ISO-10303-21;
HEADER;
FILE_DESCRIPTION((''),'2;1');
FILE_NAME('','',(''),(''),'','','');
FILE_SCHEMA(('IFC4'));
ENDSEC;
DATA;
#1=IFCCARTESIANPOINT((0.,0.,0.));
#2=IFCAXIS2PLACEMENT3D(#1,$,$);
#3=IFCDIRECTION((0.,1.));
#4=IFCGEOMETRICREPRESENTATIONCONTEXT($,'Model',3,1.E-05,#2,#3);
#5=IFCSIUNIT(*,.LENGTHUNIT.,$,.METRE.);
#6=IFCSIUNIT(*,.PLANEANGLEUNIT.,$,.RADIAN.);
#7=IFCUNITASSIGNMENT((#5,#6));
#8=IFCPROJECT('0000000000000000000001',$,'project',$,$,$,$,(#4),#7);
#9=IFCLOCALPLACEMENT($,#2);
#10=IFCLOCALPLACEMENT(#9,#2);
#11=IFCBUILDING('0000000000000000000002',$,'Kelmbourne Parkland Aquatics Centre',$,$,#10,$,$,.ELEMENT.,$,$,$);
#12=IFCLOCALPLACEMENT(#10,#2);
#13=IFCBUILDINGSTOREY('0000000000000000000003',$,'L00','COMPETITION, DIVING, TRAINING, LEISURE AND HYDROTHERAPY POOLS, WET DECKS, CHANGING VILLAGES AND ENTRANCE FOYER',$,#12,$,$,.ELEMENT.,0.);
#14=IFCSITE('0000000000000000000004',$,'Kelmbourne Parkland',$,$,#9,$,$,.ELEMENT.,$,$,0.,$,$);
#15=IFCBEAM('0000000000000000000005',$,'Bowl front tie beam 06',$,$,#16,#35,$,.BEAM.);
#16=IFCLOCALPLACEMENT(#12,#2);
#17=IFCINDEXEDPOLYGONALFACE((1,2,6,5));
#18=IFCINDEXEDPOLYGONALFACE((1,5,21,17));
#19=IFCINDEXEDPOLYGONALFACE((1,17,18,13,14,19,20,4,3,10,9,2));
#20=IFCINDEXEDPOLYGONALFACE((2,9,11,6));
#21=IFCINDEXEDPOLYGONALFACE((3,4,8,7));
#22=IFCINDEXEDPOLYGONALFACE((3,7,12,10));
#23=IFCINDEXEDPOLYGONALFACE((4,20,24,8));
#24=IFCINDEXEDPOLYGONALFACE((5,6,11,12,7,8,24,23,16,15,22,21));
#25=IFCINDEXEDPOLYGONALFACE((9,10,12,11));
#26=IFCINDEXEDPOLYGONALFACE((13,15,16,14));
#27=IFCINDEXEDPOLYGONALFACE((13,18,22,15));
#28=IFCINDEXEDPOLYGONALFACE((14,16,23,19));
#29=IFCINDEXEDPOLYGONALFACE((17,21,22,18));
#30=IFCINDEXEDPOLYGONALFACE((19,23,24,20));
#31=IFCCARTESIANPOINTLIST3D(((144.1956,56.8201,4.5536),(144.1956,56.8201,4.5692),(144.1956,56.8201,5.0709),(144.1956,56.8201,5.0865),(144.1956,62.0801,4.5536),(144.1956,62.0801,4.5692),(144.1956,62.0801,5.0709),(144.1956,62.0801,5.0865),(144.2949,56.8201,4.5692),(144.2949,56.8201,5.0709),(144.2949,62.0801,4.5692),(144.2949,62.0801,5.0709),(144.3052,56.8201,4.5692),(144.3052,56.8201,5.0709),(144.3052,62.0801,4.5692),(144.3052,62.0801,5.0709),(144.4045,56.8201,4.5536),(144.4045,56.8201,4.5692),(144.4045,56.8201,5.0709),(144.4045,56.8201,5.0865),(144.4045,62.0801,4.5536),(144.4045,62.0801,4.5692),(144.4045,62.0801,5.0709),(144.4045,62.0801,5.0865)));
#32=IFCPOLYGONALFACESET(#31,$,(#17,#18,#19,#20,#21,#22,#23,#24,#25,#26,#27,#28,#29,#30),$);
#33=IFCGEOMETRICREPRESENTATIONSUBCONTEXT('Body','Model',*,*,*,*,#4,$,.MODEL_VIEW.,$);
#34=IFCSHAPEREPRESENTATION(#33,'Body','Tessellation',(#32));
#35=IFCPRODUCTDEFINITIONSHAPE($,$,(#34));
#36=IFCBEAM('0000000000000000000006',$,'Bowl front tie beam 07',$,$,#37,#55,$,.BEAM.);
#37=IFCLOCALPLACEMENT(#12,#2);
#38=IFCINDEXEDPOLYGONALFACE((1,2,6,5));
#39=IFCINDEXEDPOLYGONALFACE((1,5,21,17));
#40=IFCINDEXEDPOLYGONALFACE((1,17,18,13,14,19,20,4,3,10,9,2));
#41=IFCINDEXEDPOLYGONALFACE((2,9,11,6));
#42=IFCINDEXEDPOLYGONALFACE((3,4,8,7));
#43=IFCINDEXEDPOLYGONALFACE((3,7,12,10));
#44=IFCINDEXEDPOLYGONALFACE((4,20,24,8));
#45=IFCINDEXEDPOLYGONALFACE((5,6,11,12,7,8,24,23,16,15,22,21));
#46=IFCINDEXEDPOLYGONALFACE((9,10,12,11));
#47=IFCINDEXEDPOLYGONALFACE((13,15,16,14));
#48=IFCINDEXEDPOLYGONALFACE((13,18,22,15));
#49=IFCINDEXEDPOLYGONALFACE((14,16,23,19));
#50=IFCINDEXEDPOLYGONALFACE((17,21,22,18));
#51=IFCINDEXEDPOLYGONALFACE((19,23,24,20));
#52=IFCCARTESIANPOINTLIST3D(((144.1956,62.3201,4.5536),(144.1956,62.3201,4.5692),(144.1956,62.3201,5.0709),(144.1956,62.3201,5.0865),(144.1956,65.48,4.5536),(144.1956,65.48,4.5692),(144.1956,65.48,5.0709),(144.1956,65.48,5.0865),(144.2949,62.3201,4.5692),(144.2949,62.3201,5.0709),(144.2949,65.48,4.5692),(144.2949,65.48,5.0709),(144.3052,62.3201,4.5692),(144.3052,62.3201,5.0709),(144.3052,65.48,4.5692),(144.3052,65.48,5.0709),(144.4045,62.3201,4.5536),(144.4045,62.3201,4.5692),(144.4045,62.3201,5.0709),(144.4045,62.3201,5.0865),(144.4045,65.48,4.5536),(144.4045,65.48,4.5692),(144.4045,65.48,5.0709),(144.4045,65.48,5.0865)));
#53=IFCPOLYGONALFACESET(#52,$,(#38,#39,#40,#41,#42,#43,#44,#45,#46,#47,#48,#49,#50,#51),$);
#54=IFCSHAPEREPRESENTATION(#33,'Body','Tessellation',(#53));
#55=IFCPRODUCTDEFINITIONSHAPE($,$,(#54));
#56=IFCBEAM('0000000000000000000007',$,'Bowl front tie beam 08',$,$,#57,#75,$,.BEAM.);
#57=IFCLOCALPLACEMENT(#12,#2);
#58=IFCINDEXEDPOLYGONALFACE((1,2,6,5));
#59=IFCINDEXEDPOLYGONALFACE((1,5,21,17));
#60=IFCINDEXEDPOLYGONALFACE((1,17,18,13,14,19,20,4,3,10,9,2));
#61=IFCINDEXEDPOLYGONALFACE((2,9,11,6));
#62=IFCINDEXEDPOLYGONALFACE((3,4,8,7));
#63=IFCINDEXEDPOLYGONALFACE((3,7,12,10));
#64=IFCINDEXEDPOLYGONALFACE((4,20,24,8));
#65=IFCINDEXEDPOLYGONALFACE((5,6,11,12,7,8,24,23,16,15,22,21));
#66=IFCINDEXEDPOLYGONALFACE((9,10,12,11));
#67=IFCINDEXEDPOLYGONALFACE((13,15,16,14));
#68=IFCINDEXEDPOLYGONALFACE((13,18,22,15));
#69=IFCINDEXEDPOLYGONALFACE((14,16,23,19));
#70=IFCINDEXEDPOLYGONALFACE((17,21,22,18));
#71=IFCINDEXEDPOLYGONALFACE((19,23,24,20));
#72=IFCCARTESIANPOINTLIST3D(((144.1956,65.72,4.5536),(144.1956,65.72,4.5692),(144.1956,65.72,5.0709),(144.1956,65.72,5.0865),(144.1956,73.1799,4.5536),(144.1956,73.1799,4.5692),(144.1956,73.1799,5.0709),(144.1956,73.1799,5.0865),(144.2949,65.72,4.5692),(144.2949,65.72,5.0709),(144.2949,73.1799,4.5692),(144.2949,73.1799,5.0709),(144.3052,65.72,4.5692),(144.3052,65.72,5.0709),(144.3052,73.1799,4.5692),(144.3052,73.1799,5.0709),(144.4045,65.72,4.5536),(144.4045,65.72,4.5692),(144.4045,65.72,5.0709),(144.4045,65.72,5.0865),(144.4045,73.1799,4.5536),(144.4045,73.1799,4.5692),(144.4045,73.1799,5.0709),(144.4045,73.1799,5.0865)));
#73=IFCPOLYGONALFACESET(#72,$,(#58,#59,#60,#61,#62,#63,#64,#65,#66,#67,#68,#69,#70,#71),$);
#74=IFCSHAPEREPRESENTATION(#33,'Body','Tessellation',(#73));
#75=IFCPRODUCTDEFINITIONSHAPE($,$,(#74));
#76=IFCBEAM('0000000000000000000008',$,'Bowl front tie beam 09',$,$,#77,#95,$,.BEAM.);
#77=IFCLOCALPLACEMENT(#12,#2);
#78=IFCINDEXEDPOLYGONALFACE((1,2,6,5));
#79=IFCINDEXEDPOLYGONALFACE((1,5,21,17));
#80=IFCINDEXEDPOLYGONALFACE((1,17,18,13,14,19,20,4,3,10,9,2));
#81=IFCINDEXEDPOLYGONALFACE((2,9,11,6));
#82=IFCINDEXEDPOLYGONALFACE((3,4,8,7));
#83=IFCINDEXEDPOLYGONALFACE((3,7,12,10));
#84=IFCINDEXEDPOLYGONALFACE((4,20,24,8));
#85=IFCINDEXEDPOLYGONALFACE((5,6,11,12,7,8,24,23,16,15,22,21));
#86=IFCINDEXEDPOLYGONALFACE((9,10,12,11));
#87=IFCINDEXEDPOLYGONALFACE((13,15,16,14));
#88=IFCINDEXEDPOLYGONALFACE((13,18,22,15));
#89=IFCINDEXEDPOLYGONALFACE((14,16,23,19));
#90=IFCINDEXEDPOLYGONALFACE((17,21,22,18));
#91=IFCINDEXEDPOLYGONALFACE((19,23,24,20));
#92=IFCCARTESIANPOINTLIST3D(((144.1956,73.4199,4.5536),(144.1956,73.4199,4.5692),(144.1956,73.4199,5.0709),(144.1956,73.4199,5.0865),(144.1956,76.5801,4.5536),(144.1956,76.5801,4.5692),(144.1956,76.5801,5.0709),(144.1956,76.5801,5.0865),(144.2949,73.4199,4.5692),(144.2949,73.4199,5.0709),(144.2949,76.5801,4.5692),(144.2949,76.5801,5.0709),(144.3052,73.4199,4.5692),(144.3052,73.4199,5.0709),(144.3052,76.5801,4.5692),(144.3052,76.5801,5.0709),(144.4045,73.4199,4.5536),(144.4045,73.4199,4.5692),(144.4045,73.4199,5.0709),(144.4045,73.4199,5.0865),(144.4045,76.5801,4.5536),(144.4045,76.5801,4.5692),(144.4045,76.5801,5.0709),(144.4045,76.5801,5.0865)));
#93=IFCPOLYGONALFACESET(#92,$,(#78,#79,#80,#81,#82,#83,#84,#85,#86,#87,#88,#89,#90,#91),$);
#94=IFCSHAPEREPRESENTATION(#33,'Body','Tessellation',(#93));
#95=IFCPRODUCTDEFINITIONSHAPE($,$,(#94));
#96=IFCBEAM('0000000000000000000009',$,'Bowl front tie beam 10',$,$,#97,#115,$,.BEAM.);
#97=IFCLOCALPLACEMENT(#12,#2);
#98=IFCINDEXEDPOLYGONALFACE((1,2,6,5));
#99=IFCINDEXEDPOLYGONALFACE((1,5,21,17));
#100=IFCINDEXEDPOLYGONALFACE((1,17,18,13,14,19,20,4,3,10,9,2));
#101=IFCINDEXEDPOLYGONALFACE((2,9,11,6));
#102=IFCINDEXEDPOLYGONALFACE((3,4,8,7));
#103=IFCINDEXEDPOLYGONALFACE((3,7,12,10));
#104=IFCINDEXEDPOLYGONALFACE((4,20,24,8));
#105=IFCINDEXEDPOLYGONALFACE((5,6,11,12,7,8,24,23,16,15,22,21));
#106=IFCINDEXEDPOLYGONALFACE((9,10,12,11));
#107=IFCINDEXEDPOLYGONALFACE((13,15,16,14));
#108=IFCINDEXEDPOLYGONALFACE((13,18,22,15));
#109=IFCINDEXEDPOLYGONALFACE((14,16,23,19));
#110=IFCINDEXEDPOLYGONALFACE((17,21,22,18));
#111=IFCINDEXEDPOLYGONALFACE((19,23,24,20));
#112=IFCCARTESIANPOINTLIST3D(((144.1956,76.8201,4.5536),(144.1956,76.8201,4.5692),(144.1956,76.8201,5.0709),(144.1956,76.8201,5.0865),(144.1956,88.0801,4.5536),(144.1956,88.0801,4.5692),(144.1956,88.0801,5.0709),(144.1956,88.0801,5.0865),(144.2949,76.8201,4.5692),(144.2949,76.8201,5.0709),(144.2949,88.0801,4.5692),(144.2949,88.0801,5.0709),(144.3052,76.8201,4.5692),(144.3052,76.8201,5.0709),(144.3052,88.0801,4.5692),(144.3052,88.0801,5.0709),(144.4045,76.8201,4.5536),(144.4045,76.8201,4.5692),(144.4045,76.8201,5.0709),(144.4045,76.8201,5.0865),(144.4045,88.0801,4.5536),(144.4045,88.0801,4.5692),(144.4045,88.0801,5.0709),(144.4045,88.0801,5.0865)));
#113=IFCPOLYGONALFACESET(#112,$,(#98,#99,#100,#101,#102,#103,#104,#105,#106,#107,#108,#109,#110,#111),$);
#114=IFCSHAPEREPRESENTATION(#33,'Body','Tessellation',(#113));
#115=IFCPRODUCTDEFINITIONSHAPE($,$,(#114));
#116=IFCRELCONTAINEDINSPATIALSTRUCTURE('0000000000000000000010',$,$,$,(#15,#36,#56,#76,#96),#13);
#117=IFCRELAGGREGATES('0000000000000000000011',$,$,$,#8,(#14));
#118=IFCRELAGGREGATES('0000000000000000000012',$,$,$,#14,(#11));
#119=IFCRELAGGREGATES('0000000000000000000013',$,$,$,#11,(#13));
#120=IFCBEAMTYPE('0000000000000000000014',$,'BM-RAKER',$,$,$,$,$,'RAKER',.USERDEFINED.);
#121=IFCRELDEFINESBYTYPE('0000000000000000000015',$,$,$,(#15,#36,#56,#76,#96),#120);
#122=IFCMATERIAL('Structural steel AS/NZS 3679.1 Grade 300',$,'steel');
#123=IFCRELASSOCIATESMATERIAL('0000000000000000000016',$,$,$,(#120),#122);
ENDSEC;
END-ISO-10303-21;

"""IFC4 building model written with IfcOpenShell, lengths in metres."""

from ifc_helpers import new_model, si_unit, direction, frame, origin, origin_2d, place, context, subcontext, project, spatial, i_section, extrude, material, material_profile, profile_set, type_object, element, save


model = new_model("IFC4")

# Units and contexts
model_context = context("Model", 3, precision=1e-05, world=origin(), true_north=direction((0.0, 1.0)))
body_context = subcontext(model_context, "Body", "Model", "MODEL_VIEW")
ifc_project = project(units=[si_unit("LENGTHUNIT", "METRE"), si_unit("PLANEANGLEUNIT", "RADIAN")], contexts=[model_context])

# Site, building, storey
site_placement = place(None, origin())
site = spatial("IfcSite", under=ifc_project, at=site_placement, Name="Kelmbourne Parkland", CompositionType="ELEMENT", RefElevation=0.0)
building_placement = place(site_placement, origin())
building = spatial("IfcBuilding", under=site, at=building_placement, Name="Kelmbourne Parkland Aquatics Centre", CompositionType="ELEMENT")
storey_placement = place(building_placement, origin())
storey = spatial("IfcBuildingStorey", under=building, at=storey_placement, Name="L00", Description="COMPETITION, DIVING, TRAINING, LEISURE AND HYDROTHERAPY POOLS, WET DECKS, CHANGING VILLAGES AND ENTRANCE FOYER", CompositionType="ELEMENT", Elevation=0.0)

# Shared definitions
ifc_material_1 = material(Name="Structural steel AS/NZS 3679.1 Grade 300", Category="steel")

# Beams
ifc_material_profile_1 = material_profile(ifc_material_1, i_section(OverallWidth=0.209, OverallDepth=0.533, WebThickness=0.0103, FlangeThickness=0.0156, at=origin_2d()), Name="530UB92.4")
ifc_profile_set_1 = profile_set([ifc_material_profile_1], Name="Structural steel AS/NZS 3679.1 Grade 300")
beam_type_1 = type_object("IfcBeamType", Name="BM-RAKER", ElementType="RAKER", PredefinedType="USERDEFINED", material=ifc_profile_set_1)
beam_1_placement = place(storey_placement, frame((144.3, 56.8201, 4.8201), z_axis=(0.0, 1.0, 0.0), x_axis=(-1.0, 0.0, 0.0)))
element("IfcBeam", 1, at=beam_1_placement, inside=storey, type_object=beam_type_1, Name="Bowl front tie beam 06", PredefinedType="BEAM", context=body_context, shape_type="SweptSolid", body=[
    extrude(i_section(OverallWidth=0.209, OverallDepth=0.533, WebThickness=0.0103, FlangeThickness=0.0156, at=origin_2d()), origin(), (0.0, 0.0, 1.0), 5.26),
])
beam_2_placement = place(storey_placement, frame((144.3, 62.3201, 4.8201), z_axis=(0.0, 1.0, 0.0), x_axis=(-1.0, 0.0, 0.0)))
element("IfcBeam", 2, at=beam_2_placement, inside=storey, type_object=beam_type_1, Name="Bowl front tie beam 07", PredefinedType="BEAM", context=body_context, shape_type="SweptSolid", body=[
    extrude(i_section(OverallWidth=0.209, OverallDepth=0.533, WebThickness=0.0103, FlangeThickness=0.0156, at=origin_2d()), origin(), (0.0, 0.0, 1.0), 3.1599),
])
beam_3_placement = place(storey_placement, frame((144.3, 65.72, 4.8201), z_axis=(0.0, 1.0, 0.0), x_axis=(-1.0, 0.0, 0.0)))
element("IfcBeam", 3, at=beam_3_placement, inside=storey, type_object=beam_type_1, Name="Bowl front tie beam 08", PredefinedType="BEAM", context=body_context, shape_type="SweptSolid", body=[
    extrude(i_section(OverallWidth=0.209, OverallDepth=0.533, WebThickness=0.0103, FlangeThickness=0.0156, at=origin_2d()), origin(), (0.0, 0.0, 1.0), 7.46),
])
beam_4_placement = place(storey_placement, frame((144.3, 73.4199, 4.8201), z_axis=(0.0, 1.0, 0.0), x_axis=(-1.0, 0.0, 0.0)))
element("IfcBeam", 4, at=beam_4_placement, inside=storey, type_object=beam_type_1, Name="Bowl front tie beam 09", PredefinedType="BEAM", context=body_context, shape_type="SweptSolid", body=[
    extrude(i_section(OverallWidth=0.209, OverallDepth=0.533, WebThickness=0.0103, FlangeThickness=0.0156, at=origin_2d()), origin(), (0.0, 0.0, 1.0), 3.1602),
])
beam_5_placement = place(storey_placement, frame((144.3, 76.8201, 4.8201), z_axis=(0.0, 1.0, 0.0), x_axis=(-1.0, 0.0, 0.0)))
element("IfcBeam", 5, at=beam_5_placement, inside=storey, type_object=beam_type_1, Name="Bowl front tie beam 10", PredefinedType="BEAM", context=body_context, shape_type="SweptSolid", body=[
    extrude(i_section(OverallWidth=0.209, OverallDepth=0.533, WebThickness=0.0103, FlangeThickness=0.0156, at=origin_2d()), origin(), (0.0, 0.0, 1.0), 11.26),
])

save(model, "model.ifc")
